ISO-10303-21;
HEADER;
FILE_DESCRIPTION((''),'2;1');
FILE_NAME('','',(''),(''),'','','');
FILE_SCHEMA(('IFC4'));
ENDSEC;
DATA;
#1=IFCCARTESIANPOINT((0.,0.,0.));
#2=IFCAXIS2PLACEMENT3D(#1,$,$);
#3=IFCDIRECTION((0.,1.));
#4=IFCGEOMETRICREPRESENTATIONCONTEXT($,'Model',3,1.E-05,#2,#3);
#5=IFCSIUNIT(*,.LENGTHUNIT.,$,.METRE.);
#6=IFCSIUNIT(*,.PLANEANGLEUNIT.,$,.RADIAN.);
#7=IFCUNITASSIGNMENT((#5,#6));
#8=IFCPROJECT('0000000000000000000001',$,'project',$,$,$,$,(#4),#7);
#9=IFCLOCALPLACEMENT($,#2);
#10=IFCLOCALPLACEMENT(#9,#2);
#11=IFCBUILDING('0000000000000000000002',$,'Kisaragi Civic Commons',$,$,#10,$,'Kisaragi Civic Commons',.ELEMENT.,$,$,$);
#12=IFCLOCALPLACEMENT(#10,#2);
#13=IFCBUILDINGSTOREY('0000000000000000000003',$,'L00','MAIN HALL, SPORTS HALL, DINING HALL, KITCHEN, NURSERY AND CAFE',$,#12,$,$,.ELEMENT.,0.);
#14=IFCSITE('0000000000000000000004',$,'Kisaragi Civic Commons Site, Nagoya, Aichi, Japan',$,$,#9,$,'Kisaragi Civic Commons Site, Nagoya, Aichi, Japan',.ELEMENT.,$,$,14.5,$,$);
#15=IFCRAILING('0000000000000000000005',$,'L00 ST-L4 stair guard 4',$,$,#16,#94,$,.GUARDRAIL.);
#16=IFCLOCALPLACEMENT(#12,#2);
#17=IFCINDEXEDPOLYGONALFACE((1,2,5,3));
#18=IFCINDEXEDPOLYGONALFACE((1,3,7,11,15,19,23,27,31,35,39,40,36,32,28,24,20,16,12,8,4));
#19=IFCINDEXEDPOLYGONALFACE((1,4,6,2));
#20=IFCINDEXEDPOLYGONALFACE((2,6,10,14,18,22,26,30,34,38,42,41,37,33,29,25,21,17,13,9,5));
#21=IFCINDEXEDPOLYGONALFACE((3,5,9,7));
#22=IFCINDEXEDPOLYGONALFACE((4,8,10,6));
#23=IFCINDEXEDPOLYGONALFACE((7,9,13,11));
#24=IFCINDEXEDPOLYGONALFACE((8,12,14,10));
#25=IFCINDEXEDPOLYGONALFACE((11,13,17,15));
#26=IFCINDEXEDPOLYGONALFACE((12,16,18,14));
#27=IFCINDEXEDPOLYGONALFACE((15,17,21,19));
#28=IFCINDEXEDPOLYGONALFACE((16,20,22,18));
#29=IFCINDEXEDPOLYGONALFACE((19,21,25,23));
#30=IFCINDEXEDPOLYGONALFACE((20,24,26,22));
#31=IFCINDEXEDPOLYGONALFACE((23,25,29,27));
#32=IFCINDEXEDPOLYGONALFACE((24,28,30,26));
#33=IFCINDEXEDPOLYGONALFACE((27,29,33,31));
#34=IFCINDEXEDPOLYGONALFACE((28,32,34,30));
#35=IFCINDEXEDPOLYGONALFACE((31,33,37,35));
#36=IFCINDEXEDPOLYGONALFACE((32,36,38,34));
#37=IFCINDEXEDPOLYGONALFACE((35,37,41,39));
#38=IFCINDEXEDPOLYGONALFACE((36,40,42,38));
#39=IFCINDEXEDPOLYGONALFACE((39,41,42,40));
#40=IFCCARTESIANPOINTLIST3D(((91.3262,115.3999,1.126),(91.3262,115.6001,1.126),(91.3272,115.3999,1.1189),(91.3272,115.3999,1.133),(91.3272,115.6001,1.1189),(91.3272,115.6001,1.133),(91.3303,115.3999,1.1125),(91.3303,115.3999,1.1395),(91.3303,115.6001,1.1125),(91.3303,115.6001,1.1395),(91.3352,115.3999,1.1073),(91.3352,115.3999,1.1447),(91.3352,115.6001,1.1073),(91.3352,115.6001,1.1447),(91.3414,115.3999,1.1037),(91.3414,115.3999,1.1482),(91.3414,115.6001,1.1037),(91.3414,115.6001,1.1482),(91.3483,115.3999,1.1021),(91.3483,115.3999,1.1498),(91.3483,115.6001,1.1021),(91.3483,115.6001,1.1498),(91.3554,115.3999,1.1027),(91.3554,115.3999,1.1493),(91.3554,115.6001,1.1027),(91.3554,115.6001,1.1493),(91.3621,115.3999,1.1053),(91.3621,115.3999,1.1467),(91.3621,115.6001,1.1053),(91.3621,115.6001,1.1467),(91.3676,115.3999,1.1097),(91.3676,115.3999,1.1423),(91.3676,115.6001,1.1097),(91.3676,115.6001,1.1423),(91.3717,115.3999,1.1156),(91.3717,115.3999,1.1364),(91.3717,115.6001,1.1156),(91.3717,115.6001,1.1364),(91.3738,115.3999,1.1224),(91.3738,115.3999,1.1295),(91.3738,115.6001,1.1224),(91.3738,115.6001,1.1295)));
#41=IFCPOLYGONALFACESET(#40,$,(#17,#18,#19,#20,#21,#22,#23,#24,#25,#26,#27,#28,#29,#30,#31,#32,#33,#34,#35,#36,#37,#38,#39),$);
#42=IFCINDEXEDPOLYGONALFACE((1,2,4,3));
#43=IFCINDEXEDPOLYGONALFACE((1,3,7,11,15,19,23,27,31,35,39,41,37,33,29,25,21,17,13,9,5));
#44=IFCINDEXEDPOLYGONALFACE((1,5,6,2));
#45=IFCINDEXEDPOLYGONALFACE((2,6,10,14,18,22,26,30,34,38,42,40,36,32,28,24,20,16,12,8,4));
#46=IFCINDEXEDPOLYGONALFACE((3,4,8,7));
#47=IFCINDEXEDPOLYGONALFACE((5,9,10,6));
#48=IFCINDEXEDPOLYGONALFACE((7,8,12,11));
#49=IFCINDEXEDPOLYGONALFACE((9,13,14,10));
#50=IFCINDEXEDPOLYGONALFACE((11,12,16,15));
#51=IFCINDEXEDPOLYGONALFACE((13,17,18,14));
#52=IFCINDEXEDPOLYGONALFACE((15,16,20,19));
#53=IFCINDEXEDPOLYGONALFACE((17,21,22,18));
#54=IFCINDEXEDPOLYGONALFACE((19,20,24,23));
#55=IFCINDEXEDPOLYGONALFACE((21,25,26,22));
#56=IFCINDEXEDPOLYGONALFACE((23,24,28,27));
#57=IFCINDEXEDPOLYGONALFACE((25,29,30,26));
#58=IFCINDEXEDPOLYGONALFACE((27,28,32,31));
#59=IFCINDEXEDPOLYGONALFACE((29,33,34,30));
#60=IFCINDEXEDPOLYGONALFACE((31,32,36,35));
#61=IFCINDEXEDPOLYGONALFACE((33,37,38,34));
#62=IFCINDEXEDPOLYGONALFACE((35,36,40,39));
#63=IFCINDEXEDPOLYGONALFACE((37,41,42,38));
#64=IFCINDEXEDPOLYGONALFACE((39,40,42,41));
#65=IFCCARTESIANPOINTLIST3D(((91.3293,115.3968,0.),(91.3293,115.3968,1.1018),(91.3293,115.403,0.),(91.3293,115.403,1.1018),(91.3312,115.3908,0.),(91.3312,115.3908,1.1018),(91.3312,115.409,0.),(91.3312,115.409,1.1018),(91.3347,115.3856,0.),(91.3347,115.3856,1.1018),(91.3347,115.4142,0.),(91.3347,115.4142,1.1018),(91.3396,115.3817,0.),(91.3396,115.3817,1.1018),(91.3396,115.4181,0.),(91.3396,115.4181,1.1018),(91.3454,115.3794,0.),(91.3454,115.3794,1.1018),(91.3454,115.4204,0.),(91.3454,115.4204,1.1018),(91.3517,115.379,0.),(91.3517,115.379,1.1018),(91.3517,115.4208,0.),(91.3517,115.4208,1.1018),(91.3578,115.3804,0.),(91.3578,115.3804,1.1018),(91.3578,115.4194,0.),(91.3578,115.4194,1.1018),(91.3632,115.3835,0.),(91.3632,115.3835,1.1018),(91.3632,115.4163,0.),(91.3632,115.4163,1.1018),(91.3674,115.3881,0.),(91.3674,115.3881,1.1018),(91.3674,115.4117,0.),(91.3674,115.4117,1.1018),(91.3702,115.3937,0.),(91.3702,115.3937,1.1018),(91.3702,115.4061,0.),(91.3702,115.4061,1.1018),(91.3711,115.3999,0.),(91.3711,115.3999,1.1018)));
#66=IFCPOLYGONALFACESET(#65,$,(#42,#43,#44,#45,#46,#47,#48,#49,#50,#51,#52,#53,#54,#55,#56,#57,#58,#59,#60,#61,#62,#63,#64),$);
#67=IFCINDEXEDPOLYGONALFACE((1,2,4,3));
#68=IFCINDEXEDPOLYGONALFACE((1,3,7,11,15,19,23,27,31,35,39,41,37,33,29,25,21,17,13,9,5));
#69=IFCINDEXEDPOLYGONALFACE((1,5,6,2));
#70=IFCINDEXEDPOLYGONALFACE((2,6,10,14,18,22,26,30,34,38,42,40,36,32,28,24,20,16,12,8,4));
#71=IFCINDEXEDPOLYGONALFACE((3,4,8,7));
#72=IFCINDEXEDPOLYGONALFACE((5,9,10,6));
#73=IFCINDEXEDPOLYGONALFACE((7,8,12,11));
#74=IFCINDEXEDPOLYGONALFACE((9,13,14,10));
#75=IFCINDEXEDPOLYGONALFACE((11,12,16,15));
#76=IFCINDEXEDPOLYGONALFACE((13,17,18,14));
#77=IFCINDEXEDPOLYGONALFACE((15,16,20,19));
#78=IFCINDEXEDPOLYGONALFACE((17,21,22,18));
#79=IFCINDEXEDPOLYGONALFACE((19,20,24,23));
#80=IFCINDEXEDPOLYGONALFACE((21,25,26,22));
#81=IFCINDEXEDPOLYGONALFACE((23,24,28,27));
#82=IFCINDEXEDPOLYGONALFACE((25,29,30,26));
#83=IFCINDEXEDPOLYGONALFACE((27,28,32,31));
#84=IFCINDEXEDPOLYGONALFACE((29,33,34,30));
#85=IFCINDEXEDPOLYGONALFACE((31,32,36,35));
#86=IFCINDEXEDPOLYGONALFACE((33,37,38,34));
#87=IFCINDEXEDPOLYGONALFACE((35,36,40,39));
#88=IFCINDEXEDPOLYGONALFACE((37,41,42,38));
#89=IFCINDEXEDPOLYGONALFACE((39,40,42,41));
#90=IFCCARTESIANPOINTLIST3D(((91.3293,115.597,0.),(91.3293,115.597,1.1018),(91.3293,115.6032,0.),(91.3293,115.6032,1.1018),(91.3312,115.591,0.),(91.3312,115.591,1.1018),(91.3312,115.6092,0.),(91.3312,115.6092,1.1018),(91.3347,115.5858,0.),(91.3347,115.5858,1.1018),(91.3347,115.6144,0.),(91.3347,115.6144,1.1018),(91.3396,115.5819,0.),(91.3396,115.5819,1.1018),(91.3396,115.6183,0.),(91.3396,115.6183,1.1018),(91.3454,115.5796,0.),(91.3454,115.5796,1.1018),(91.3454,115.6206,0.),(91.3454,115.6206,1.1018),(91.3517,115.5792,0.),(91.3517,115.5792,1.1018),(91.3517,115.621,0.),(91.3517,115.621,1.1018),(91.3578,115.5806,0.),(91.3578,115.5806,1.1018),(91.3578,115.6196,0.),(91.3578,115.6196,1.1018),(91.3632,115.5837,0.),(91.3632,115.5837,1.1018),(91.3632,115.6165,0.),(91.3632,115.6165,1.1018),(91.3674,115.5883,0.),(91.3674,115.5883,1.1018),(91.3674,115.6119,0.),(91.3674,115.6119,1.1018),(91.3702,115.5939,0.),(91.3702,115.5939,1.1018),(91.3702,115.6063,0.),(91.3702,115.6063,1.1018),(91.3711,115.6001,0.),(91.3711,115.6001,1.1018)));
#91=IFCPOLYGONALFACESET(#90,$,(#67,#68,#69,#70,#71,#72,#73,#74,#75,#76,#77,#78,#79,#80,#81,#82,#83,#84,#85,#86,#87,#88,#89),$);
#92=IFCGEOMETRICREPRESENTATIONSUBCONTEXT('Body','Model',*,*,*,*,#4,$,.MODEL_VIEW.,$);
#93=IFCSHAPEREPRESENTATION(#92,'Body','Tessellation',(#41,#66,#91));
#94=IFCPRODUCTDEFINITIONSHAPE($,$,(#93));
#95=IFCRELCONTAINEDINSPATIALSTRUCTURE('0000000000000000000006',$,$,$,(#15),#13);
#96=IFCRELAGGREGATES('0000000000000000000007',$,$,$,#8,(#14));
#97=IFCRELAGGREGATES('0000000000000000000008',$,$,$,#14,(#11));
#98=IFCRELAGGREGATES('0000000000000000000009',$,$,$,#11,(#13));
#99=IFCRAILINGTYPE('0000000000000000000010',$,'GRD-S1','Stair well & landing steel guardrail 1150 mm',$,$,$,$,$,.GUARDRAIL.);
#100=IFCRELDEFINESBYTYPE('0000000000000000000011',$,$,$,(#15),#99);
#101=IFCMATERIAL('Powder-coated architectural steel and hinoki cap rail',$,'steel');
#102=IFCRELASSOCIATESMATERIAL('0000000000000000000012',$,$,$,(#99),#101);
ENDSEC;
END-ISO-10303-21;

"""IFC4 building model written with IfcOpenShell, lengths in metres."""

from ifc_helpers import new_model, si_unit, direction, frame, origin, origin_2d, place, context, subcontext, project, spatial, circle, extrude, material, type_object, element, save


model = new_model("IFC4")

# Units and contexts
model_context = context("Model", 3, precision=1e-05, world=origin(), true_north=direction((0.0, 1.0)))
body_context = subcontext(model_context, "Body", "Model", "MODEL_VIEW")
ifc_project = project(units=[si_unit("LENGTHUNIT", "METRE"), si_unit("PLANEANGLEUNIT", "RADIAN")], contexts=[model_context])

# Site, building, storey
site_placement = place(None, origin())
site = spatial("IfcSite", under=ifc_project, at=site_placement, Name="Kisaragi Civic Commons Site, Nagoya, Aichi, Japan", LongName="Kisaragi Civic Commons Site, Nagoya, Aichi, Japan", CompositionType="ELEMENT", RefElevation=14.5)
building_placement = place(site_placement, origin())
building = spatial("IfcBuilding", under=site, at=building_placement, Name="Kisaragi Civic Commons", LongName="Kisaragi Civic Commons", CompositionType="ELEMENT")
storey_placement = place(building_placement, origin())
storey = spatial("IfcBuildingStorey", under=building, at=storey_placement, Name="L00", Description="MAIN HALL, SPORTS HALL, DINING HALL, KITCHEN, NURSERY AND CAFE", CompositionType="ELEMENT", Elevation=0.0)

# Railing
ifc_material_1 = material(Name="Powder-coated architectural steel and hinoki cap rail", Category="steel")
railing_type_1 = type_object("IfcRailingType", Name="GRD-S1", Description="Stair well & landing steel guardrail 1150 mm", PredefinedType="GUARDRAIL", material=ifc_material_1)
railing_1_placement = place(storey_placement, frame((91.3501, 115.3999, 0.0)))
element("IfcRailing", 1, at=railing_1_placement, inside=storey, type_object=railing_type_1, Name="L00 ST-L4 stair guard 4", PredefinedType="GUARDRAIL", context=body_context, shape_type="SweptSolid", body=[
    extrude(circle(Radius=0.0239, at=origin_2d()), frame((0.0, 0.0, 1.126), z_axis=(0.0, 1.0, 0.0), x_axis=(-1.0, 0.0, 0.0)), (0.0, 0.0, 1.0), 0.2002),
    extrude(circle(Radius=0.021, at=origin_2d()), origin(), (0.0, 0.0, 1.0), 1.1018),
    extrude(circle(Radius=0.021, at=origin_2d()), frame((0.0, 0.2002, 0.0)), (0.0, 0.0, 1.0), 1.1018),
])

save(model, "model.ifc")
